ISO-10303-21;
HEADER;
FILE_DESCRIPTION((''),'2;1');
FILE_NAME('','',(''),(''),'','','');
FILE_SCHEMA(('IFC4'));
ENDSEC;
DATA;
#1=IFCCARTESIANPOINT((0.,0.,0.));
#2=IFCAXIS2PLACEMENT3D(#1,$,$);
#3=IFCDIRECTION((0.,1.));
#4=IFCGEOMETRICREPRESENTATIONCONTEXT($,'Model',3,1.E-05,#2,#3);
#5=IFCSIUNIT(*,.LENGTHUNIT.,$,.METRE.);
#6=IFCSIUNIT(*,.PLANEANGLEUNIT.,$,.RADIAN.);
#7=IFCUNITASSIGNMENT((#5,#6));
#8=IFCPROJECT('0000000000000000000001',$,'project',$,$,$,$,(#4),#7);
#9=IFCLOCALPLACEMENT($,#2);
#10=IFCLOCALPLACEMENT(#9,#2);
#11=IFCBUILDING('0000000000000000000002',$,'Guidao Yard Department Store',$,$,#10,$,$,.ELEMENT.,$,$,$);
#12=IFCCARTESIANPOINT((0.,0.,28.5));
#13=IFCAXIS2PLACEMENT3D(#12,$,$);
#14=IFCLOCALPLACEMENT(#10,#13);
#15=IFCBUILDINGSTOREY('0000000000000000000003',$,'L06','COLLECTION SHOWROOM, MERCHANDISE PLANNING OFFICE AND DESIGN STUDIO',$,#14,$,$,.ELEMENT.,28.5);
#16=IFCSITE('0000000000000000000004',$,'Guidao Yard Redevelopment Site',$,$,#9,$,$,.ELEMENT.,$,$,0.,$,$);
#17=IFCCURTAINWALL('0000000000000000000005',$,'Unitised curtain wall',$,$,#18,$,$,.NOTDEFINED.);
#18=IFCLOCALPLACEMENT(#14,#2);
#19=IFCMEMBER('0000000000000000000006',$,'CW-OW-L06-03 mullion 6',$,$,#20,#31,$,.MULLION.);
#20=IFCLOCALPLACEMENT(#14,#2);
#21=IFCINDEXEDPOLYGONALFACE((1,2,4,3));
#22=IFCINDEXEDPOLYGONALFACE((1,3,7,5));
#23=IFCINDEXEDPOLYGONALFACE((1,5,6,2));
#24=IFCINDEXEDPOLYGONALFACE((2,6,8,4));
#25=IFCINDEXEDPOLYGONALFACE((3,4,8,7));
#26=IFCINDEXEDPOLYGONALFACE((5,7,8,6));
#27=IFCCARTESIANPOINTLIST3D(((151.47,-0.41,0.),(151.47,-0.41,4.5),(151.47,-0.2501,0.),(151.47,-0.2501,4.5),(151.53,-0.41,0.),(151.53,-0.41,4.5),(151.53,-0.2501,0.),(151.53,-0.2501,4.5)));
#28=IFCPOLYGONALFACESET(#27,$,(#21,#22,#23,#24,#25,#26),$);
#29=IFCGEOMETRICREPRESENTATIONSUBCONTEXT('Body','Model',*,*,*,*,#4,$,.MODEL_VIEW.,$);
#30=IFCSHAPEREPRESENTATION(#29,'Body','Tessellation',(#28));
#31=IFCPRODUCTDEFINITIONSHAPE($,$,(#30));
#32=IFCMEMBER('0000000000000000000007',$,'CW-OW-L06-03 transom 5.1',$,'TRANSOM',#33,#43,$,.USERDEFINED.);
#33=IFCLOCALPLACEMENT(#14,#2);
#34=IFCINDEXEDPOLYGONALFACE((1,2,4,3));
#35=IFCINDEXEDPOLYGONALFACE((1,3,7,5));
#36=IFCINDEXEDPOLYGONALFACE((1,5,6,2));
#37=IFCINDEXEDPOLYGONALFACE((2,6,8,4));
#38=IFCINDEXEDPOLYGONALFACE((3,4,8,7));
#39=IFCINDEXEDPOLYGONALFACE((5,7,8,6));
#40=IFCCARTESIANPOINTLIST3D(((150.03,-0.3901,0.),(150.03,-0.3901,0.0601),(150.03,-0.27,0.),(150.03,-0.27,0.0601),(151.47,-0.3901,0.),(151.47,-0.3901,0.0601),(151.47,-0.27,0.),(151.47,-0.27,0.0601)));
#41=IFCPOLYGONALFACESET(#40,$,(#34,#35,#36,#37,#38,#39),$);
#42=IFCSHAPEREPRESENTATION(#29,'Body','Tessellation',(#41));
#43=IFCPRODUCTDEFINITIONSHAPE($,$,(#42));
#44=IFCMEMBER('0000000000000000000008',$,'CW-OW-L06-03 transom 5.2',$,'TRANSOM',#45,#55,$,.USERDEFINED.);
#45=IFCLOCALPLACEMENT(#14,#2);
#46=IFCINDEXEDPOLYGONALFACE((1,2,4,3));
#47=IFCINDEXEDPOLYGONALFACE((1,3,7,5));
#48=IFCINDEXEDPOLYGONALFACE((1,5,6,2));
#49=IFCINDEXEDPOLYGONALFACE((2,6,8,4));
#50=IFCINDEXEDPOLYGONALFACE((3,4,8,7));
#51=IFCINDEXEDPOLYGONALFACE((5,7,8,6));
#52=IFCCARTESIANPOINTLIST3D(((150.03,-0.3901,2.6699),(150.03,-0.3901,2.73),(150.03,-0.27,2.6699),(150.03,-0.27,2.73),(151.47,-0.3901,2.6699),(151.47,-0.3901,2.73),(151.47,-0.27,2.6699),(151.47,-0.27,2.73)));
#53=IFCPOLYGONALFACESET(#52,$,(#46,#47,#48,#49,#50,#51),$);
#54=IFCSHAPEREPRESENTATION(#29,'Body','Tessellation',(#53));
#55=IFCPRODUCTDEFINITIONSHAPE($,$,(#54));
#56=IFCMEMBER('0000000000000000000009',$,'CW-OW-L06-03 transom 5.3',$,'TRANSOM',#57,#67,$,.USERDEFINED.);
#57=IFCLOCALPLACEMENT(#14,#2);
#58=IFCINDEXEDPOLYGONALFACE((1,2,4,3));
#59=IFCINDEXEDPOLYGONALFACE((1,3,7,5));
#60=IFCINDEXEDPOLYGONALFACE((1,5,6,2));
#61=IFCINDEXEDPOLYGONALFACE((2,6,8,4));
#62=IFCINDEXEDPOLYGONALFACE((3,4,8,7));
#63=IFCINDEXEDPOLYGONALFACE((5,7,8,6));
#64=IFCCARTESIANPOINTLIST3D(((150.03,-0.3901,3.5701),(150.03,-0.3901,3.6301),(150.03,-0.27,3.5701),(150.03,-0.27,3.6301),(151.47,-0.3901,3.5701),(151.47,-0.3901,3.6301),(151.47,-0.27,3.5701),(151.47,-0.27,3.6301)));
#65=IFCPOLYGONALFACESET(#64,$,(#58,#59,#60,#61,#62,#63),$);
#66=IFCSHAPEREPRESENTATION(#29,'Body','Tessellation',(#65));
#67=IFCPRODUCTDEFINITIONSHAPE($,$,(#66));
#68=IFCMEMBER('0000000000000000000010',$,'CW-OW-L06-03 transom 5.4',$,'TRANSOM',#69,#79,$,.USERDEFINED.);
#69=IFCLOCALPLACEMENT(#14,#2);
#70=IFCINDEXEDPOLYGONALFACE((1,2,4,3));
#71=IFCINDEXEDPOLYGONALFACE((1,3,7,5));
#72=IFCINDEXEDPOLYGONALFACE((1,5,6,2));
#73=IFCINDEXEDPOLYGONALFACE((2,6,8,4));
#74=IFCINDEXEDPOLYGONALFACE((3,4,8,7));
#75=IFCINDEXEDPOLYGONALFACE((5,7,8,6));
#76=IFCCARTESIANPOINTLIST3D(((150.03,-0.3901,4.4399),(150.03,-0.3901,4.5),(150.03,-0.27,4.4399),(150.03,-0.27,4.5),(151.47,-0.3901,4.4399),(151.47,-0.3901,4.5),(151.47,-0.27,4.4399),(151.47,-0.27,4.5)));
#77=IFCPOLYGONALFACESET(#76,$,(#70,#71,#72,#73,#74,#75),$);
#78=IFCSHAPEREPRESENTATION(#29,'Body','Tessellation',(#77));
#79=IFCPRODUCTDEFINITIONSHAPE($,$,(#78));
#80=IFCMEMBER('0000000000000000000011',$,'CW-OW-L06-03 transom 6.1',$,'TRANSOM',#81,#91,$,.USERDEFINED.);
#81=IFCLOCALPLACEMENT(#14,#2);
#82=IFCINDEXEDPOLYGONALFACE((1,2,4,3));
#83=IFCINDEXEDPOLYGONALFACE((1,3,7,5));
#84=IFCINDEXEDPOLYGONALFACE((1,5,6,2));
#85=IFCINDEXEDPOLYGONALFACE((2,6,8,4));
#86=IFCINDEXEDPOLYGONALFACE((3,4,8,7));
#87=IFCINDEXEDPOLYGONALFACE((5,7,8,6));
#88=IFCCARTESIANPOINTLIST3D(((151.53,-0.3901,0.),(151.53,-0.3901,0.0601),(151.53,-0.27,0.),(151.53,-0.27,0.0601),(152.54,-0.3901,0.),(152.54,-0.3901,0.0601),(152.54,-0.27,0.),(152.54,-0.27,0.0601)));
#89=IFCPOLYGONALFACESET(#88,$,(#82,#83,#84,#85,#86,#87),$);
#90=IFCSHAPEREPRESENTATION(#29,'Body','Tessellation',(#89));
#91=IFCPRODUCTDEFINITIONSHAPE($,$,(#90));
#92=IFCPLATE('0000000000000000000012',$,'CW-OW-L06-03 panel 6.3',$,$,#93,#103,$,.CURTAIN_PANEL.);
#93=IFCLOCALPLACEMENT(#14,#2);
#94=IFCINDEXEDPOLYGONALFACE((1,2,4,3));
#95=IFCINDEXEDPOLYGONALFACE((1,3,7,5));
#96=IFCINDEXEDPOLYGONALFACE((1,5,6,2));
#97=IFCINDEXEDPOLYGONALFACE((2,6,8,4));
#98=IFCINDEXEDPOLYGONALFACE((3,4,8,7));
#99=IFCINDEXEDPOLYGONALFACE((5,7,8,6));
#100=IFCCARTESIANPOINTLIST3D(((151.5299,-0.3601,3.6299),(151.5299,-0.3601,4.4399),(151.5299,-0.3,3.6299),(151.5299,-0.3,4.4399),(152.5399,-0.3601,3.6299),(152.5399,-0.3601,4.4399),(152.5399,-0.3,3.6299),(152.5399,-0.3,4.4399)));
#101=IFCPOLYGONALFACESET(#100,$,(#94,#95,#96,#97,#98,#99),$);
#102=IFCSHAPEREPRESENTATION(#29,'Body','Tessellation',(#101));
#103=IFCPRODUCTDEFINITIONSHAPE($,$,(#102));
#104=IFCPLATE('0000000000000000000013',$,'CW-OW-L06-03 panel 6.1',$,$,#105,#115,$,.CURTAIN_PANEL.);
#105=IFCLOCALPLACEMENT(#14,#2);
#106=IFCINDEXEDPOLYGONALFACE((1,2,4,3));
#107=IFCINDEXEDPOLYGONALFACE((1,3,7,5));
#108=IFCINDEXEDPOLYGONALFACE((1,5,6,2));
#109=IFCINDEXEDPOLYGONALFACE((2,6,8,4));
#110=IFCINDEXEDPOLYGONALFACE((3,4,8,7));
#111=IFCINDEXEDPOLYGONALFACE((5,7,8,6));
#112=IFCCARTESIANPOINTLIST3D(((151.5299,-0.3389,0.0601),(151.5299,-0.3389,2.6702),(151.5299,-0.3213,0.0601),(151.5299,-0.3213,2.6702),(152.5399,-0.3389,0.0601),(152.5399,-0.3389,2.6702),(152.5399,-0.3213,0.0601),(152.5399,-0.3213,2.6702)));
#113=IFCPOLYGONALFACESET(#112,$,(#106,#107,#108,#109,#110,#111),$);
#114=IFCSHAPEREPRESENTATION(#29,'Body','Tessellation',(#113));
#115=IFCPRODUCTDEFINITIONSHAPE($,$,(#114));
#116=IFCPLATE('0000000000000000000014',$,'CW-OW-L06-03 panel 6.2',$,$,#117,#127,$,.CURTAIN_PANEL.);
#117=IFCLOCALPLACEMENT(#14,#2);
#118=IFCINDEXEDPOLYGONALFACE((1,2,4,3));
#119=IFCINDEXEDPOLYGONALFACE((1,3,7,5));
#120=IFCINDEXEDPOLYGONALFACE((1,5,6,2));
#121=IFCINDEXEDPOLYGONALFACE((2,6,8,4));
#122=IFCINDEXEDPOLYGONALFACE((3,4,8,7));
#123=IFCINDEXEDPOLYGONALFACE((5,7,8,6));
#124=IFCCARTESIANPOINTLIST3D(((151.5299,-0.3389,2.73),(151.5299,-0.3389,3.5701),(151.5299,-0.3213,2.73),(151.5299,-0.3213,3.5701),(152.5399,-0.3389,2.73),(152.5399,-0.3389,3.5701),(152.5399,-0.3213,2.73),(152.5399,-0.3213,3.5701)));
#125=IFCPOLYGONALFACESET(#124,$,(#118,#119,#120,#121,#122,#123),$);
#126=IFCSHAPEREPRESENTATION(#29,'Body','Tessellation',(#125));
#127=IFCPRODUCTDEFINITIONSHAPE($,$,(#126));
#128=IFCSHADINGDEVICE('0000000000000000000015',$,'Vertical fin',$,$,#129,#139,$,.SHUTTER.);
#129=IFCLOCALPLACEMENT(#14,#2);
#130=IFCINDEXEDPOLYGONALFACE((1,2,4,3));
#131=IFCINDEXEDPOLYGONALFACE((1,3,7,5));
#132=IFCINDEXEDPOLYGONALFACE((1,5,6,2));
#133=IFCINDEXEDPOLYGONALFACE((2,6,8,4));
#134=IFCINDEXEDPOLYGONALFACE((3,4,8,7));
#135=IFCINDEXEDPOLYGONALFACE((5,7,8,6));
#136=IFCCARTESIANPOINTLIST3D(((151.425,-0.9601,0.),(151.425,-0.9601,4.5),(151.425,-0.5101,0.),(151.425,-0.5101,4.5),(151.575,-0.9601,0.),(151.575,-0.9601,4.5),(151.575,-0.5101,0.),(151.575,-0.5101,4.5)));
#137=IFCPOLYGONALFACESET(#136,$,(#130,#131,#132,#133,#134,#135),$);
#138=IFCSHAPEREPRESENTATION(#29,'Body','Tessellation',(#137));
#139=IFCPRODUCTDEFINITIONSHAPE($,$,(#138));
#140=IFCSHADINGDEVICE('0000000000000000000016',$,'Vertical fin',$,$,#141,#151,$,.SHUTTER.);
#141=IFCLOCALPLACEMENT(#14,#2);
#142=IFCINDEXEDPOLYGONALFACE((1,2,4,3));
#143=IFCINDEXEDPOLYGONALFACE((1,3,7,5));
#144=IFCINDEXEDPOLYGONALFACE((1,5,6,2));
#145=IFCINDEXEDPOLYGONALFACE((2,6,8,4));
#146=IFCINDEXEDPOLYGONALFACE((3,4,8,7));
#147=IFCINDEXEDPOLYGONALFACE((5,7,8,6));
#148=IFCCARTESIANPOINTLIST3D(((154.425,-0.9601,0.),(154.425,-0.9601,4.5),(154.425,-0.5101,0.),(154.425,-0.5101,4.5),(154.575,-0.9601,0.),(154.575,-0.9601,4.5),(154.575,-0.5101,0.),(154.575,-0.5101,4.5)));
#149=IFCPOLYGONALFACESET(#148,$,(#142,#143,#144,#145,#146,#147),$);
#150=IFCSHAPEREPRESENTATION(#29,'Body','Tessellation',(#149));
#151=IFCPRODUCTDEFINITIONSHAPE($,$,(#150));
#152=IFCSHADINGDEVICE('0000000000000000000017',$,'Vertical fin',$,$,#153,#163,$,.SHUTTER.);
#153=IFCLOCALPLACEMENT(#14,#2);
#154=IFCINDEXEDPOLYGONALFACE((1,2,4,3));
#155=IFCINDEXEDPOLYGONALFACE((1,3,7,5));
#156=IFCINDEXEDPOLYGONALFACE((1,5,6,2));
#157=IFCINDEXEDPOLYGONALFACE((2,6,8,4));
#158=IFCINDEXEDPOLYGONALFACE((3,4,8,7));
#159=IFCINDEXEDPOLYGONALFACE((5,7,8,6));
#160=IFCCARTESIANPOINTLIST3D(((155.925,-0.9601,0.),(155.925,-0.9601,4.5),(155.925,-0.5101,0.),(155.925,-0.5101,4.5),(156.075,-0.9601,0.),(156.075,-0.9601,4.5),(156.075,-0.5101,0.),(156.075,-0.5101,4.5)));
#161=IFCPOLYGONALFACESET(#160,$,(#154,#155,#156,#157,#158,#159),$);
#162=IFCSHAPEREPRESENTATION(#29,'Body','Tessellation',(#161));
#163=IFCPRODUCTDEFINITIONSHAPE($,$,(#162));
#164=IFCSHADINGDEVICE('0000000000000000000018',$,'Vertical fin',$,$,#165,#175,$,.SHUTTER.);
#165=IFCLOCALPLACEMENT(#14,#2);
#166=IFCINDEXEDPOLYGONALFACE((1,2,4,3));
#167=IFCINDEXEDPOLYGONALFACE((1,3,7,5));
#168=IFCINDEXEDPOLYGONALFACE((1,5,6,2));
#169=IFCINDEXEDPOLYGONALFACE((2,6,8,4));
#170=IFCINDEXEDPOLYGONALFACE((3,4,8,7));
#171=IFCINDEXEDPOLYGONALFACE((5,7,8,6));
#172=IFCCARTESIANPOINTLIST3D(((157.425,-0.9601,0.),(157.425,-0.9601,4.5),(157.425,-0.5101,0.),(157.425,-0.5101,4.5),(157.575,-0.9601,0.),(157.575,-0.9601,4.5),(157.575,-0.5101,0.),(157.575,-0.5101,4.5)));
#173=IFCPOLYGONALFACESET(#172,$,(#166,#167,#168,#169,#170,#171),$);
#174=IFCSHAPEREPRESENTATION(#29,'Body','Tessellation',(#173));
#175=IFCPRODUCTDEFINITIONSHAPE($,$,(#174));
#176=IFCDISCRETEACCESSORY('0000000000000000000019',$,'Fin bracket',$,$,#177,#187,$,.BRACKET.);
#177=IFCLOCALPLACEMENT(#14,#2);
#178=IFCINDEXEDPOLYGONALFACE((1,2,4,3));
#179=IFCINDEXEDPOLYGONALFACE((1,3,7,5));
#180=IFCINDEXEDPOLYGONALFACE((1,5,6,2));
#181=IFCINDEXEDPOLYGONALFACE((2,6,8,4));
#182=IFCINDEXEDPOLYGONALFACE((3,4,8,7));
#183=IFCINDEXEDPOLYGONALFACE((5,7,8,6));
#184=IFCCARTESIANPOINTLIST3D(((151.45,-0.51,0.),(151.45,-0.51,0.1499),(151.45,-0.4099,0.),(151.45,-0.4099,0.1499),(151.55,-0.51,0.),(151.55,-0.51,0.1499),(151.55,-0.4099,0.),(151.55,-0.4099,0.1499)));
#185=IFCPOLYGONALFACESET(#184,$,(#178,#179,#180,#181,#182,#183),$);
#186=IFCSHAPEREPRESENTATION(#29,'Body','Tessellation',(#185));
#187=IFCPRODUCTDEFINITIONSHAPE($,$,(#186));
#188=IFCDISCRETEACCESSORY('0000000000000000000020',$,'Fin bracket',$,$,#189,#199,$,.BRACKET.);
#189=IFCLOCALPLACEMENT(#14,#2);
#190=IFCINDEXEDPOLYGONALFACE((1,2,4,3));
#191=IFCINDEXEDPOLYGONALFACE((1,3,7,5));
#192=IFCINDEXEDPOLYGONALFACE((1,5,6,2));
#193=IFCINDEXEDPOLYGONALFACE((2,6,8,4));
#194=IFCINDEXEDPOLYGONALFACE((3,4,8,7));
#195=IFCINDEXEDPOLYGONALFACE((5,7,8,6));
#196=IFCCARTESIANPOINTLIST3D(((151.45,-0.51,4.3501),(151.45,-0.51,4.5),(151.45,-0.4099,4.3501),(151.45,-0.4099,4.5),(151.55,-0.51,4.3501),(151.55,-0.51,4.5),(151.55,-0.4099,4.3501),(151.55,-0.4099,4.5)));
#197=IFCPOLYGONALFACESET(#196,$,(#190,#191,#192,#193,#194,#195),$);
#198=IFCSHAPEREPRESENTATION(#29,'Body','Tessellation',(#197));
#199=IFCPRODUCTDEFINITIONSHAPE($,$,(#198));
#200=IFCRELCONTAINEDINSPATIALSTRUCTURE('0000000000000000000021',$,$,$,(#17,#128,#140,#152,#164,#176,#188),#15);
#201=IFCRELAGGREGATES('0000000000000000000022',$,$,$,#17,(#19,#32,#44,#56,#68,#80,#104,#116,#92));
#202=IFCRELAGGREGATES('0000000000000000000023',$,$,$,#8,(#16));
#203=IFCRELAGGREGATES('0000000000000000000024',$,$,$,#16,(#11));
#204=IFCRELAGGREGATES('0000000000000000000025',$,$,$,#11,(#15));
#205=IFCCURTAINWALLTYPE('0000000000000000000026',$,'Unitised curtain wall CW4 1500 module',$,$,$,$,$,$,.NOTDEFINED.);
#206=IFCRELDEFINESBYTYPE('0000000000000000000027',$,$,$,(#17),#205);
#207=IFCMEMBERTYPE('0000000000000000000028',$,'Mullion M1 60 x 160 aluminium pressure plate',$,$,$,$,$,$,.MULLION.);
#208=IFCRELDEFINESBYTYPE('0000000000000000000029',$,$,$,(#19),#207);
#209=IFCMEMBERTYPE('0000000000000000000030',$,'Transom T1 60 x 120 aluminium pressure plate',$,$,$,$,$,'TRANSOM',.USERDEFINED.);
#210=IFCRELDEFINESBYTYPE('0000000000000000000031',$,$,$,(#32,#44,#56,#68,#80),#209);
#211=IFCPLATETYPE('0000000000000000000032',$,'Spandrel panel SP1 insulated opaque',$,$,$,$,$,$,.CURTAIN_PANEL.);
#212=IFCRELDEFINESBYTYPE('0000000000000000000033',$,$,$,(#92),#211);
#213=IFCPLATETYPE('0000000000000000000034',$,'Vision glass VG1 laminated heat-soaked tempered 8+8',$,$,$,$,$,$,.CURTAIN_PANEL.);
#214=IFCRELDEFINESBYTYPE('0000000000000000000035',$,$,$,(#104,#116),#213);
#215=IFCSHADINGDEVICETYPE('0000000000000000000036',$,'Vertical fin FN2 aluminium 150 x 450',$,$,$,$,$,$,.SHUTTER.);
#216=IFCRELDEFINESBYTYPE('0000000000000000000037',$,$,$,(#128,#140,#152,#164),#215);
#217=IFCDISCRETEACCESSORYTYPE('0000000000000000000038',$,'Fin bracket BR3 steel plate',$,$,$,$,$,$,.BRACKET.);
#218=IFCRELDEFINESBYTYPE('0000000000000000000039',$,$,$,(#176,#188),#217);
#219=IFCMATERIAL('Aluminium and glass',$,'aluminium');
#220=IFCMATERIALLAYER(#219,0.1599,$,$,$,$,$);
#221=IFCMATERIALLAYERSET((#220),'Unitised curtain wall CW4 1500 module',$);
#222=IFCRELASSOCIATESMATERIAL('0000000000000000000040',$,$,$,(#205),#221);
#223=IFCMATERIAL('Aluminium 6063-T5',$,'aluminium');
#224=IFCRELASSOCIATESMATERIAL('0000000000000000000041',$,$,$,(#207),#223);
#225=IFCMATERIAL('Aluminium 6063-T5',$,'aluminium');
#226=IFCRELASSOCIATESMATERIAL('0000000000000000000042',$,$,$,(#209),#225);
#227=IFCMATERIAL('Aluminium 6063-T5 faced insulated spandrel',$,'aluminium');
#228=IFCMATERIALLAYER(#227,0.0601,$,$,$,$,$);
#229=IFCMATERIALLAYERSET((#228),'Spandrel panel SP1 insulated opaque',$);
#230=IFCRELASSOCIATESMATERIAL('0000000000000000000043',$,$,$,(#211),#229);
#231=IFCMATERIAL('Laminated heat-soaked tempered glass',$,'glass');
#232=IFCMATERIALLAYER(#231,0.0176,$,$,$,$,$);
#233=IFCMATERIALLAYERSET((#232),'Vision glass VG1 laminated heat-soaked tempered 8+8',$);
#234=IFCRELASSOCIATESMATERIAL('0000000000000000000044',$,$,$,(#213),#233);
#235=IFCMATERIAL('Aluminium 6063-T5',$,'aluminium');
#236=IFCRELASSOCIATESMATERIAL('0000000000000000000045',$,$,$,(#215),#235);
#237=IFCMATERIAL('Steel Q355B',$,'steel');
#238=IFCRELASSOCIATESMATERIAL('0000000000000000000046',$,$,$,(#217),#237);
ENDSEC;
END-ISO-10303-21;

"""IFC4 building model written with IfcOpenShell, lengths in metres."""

from ifc_helpers import new_model, si_unit, direction, frame, origin, origin_2d, place, context, subcontext, project, spatial, rectangle, extrude, material, layer, layer_set, material_profile, profile_set, type_object, element, aggregate, save


model = new_model("IFC4")

# Units and contexts
model_context = context("Model", 3, precision=1e-05, world=origin(), true_north=direction((0.0, 1.0)))
body_context = subcontext(model_context, "Body", "Model", "MODEL_VIEW")
ifc_project = project(units=[si_unit("LENGTHUNIT", "METRE"), si_unit("PLANEANGLEUNIT", "RADIAN")], contexts=[model_context])

# Site, building, storey
site_placement = place(None, origin())
site = spatial("IfcSite", under=ifc_project, at=site_placement, Name="Guidao Yard Redevelopment Site", CompositionType="ELEMENT", RefElevation=0.0)
building_placement = place(site_placement, origin())
building = spatial("IfcBuilding", under=site, at=building_placement, Name="Guidao Yard Department Store", CompositionType="ELEMENT")
storey_placement = place(building_placement, frame((0.0, 0.0, 28.5)))
storey = spatial("IfcBuildingStorey", under=building, at=storey_placement, Name="L06", Description="COLLECTION SHOWROOM, MERCHANDISE PLANNING OFFICE AND DESIGN STUDIO", CompositionType="ELEMENT", Elevation=28.5)

# Curtain wall, members, plates
ifc_material_1 = material(Name="Aluminium and glass", Category="aluminium")
ifc_layer_1 = layer(ifc_material_1, 0.1599)
ifc_layer_set_1 = layer_set([ifc_layer_1], Name="Unitised curtain wall CW4 1500 module")
curtain_wall_type = type_object("IfcCurtainWallType", Name="Unitised curtain wall CW4 1500 module", PredefinedType="NOTDEFINED", material=ifc_layer_set_1)
curtain_wall_placement = place(storey_placement, origin())
curtain_wall = element("IfcCurtainWall", 1, at=curtain_wall_placement, inside=storey, type_object=curtain_wall_type, Name="Unitised curtain wall", PredefinedType="NOTDEFINED")
ifc_material_2 = material(Name="Aluminium 6063-T5", Category="aluminium")
ifc_material_profile_1 = material_profile(ifc_material_2, rectangle(XDim=0.0601, YDim=0.1599, at=origin_2d()), Name="Mullion M1 60 x 160 aluminium pressure plate")
ifc_profile_set_1 = profile_set([ifc_material_profile_1], Name="Aluminium 6063-T5")
member_type_1 = type_object("IfcMemberType", Name="Mullion M1 60 x 160 aluminium pressure plate", PredefinedType="MULLION", material=ifc_profile_set_1)
member_1_placement = place(storey_placement, frame((151.5, -0.3301, 0.0), z_axis=(0.0, 0.0, 1.0), x_axis=(-1.0, 0.0, 0.0)))
member_1 = element("IfcMember", 2, at=member_1_placement, type_object=member_type_1, Name="CW-OW-L06-03 mullion 6", PredefinedType="MULLION", context=body_context, shape_type="SweptSolid", body=[
    extrude(rectangle(XDim=0.0601, YDim=0.1599, at=origin_2d()), origin(), (0.0, 0.0, 1.0), 4.5),
])
ifc_material_3 = material(Name="Aluminium 6063-T5", Category="aluminium")
ifc_material_profile_2 = material_profile(ifc_material_3, rectangle(XDim=0.1201, YDim=0.0601, at=origin_2d()), Name="Transom T1 60 x 120 aluminium pressure plate")
ifc_profile_set_2 = profile_set([ifc_material_profile_2], Name="Aluminium 6063-T5")
member_type_2 = type_object("IfcMemberType", Name="Transom T1 60 x 120 aluminium pressure plate", ElementType="TRANSOM", PredefinedType="USERDEFINED", material=ifc_profile_set_2)
member_2_placement = place(storey_placement, frame((151.47, -0.3301, 0.03), z_axis=(-1.0, 0.0, 0.0), x_axis=(0.0, -1.0, 0.0)))
member_2 = element("IfcMember", 3, at=member_2_placement, type_object=member_type_2, Name="CW-OW-L06-03 transom 5.1", ObjectType="TRANSOM", PredefinedType="USERDEFINED", context=body_context, shape_type="SweptSolid", body=[
    extrude(rectangle(XDim=0.1201, YDim=0.0601, at=origin_2d()), origin(), (0.0, 0.0, 1.0), 1.4399),
])
member_3_placement = place(storey_placement, frame((151.47, -0.3301, 2.7), z_axis=(-1.0, 0.0, 0.0), x_axis=(0.0, -1.0, 0.0)))
member_3 = element("IfcMember", 4, at=member_3_placement, type_object=member_type_2, Name="CW-OW-L06-03 transom 5.2", ObjectType="TRANSOM", PredefinedType="USERDEFINED", context=body_context, shape_type="SweptSolid", body=[
    extrude(rectangle(XDim=0.1201, YDim=0.0601, at=origin_2d()), origin(), (0.0, 0.0, 1.0), 1.4399),
])
member_4_placement = place(storey_placement, frame((151.47, -0.3301, 3.6001), z_axis=(-1.0, 0.0, 0.0), x_axis=(0.0, -1.0, 0.0)))
member_4 = element("IfcMember", 5, at=member_4_placement, type_object=member_type_2, Name="CW-OW-L06-03 transom 5.3", ObjectType="TRANSOM", PredefinedType="USERDEFINED", context=body_context, shape_type="SweptSolid", body=[
    extrude(rectangle(XDim=0.1201, YDim=0.0601, at=origin_2d()), origin(), (0.0, 0.0, 1.0), 1.4399),
])
member_5_placement = place(storey_placement, frame((151.47, -0.3301, 4.47), z_axis=(-1.0, 0.0, 0.0), x_axis=(0.0, -1.0, 0.0)))
member_5 = element("IfcMember", 6, at=member_5_placement, type_object=member_type_2, Name="CW-OW-L06-03 transom 5.4", ObjectType="TRANSOM", PredefinedType="USERDEFINED", context=body_context, shape_type="SweptSolid", body=[
    extrude(rectangle(XDim=0.1201, YDim=0.0601, at=origin_2d()), origin(), (0.0, 0.0, 1.0), 1.4399),
])
member_6_placement = place(storey_placement, frame((152.54, -0.3301, 0.03), z_axis=(-1.0, 0.0, 0.0), x_axis=(0.0, -1.0, 0.0)))
member_6 = element("IfcMember", 7, at=member_6_placement, type_object=member_type_2, Name="CW-OW-L06-03 transom 6.1", ObjectType="TRANSOM", PredefinedType="USERDEFINED", context=body_context, shape_type="SweptSolid", body=[
    extrude(rectangle(XDim=0.1201, YDim=0.0601, at=origin_2d()), origin(), (0.0, 0.0, 1.0), 1.01),
])
ifc_material_4 = material(Name="Aluminium 6063-T5 faced insulated spandrel", Category="aluminium")
ifc_layer_2 = layer(ifc_material_4, 0.0601)
ifc_layer_set_2 = layer_set([ifc_layer_2], Name="Spandrel panel SP1 insulated opaque")
plate_type_1 = type_object("IfcPlateType", Name="Spandrel panel SP1 insulated opaque", PredefinedType="CURTAIN_PANEL", material=ifc_layer_set_2)
plate_1_placement = place(storey_placement, frame((152.0349, -0.3301, 3.6299), z_axis=(0.0, 0.0, 1.0), x_axis=(-1.0, 0.0, 0.0)))
plate_1 = element("IfcPlate", 8, at=plate_1_placement, type_object=plate_type_1, Name="CW-OW-L06-03 panel 6.3", PredefinedType="CURTAIN_PANEL", context=body_context, shape_type="SweptSolid", body=[
    extrude(rectangle(XDim=1.01, YDim=0.0601, at=origin_2d()), origin(), (0.0, 0.0, 1.0), 0.8101),
])
ifc_material_5 = material(Name="Laminated heat-soaked tempered glass", Category="glass")
ifc_layer_3 = layer(ifc_material_5, 0.0176)
ifc_layer_set_3 = layer_set([ifc_layer_3], Name="Vision glass VG1 laminated heat-soaked tempered 8+8")
plate_type_2 = type_object("IfcPlateType", Name="Vision glass VG1 laminated heat-soaked tempered 8+8", PredefinedType="CURTAIN_PANEL", material=ifc_layer_set_3)
plate_2_placement = place(storey_placement, frame((152.0349, -0.3301, 0.0601), z_axis=(0.0, 0.0, 1.0), x_axis=(-1.0, 0.0, 0.0)))
plate_2 = element("IfcPlate", 9, at=plate_2_placement, type_object=plate_type_2, Name="CW-OW-L06-03 panel 6.1", PredefinedType="CURTAIN_PANEL", context=body_context, shape_type="SweptSolid", body=[
    extrude(rectangle(XDim=1.01, YDim=0.0176, at=origin_2d()), origin(), (0.0, 0.0, 1.0), 2.6101),
])
plate_3_placement = place(storey_placement, frame((152.0349, -0.3301, 2.73), z_axis=(0.0, 0.0, 1.0), x_axis=(-1.0, 0.0, 0.0)))
plate_3 = element("IfcPlate", 10, at=plate_3_placement, type_object=plate_type_2, Name="CW-OW-L06-03 panel 6.2", PredefinedType="CURTAIN_PANEL", context=body_context, shape_type="SweptSolid", body=[
    extrude(rectangle(XDim=1.01, YDim=0.0176, at=origin_2d()), origin(), (0.0, 0.0, 1.0), 0.8401),
])
aggregate(curtain_wall, [member_1, member_2, member_3, member_4, member_5, member_6, plate_2, plate_3, plate_1])

# Shading devices
ifc_material_6 = material(Name="Aluminium 6063-T5", Category="aluminium")
shading_device_type = type_object("IfcShadingDeviceType", Name="Vertical fin FN2 aluminium 150 x 450", PredefinedType="SHUTTER", material=ifc_material_6)
for number, where, z_axis, x_axis, name in (
    (11, (151.5, -0.7351, 0.0), (0.0, 0.0, 1.0), (-1.0, 0.0, 0.0), "Vertical fin"),
    (12, (154.5, -0.7351, 0.0), (0.0, 0.0, 1.0), (-1.0, 0.0, 0.0), "Vertical fin"),
    (13, (156.0, -0.7351, 0.0), (0.0, 0.0, 1.0), (-1.0, 0.0, 0.0), "Vertical fin"),
    (14, (157.5, -0.7351, 0.0), (0.0, 0.0, 1.0), (-1.0, 0.0, 0.0), "Vertical fin"),
):
    element("IfcShadingDevice", number, at=place(storey_placement, frame(where, z_axis=z_axis, x_axis=x_axis)), inside=storey, type_object=shading_device_type, Name=name, PredefinedType="SHUTTER", context=body_context, shape_type="SweptSolid", body=[
        extrude(rectangle(XDim=0.1499, YDim=0.45, at=origin_2d()), origin(), (0.0, 0.0, 1.0), 4.5),
    ])

# Discrete accessories
ifc_material_7 = material(Name="Steel Q355B", Category="steel")
discrete_accessory_type = type_object("IfcDiscreteAccessoryType", Name="Fin bracket BR3 steel plate", PredefinedType="BRACKET", material=ifc_material_7)
for number, where, z_axis, x_axis, name in (
    (15, (151.5, -0.46, 0.0), (0.0, 0.0, 1.0), (-1.0, 0.0, 0.0), "Fin bracket"),
    (16, (151.5, -0.46, 4.3501), (0.0, 0.0, 1.0), (-1.0, 0.0, 0.0), "Fin bracket"),
):
    element("IfcDiscreteAccessory", number, at=place(storey_placement, frame(where, z_axis=z_axis, x_axis=x_axis)), inside=storey, type_object=discrete_accessory_type, Name=name, PredefinedType="BRACKET", context=body_context, shape_type="SweptSolid", body=[
        extrude(rectangle(XDim=0.1001, YDim=0.1001, at=origin_2d()), origin(), (0.0, 0.0, 1.0), 0.1499),
    ])

save(model, "model.ifc")
